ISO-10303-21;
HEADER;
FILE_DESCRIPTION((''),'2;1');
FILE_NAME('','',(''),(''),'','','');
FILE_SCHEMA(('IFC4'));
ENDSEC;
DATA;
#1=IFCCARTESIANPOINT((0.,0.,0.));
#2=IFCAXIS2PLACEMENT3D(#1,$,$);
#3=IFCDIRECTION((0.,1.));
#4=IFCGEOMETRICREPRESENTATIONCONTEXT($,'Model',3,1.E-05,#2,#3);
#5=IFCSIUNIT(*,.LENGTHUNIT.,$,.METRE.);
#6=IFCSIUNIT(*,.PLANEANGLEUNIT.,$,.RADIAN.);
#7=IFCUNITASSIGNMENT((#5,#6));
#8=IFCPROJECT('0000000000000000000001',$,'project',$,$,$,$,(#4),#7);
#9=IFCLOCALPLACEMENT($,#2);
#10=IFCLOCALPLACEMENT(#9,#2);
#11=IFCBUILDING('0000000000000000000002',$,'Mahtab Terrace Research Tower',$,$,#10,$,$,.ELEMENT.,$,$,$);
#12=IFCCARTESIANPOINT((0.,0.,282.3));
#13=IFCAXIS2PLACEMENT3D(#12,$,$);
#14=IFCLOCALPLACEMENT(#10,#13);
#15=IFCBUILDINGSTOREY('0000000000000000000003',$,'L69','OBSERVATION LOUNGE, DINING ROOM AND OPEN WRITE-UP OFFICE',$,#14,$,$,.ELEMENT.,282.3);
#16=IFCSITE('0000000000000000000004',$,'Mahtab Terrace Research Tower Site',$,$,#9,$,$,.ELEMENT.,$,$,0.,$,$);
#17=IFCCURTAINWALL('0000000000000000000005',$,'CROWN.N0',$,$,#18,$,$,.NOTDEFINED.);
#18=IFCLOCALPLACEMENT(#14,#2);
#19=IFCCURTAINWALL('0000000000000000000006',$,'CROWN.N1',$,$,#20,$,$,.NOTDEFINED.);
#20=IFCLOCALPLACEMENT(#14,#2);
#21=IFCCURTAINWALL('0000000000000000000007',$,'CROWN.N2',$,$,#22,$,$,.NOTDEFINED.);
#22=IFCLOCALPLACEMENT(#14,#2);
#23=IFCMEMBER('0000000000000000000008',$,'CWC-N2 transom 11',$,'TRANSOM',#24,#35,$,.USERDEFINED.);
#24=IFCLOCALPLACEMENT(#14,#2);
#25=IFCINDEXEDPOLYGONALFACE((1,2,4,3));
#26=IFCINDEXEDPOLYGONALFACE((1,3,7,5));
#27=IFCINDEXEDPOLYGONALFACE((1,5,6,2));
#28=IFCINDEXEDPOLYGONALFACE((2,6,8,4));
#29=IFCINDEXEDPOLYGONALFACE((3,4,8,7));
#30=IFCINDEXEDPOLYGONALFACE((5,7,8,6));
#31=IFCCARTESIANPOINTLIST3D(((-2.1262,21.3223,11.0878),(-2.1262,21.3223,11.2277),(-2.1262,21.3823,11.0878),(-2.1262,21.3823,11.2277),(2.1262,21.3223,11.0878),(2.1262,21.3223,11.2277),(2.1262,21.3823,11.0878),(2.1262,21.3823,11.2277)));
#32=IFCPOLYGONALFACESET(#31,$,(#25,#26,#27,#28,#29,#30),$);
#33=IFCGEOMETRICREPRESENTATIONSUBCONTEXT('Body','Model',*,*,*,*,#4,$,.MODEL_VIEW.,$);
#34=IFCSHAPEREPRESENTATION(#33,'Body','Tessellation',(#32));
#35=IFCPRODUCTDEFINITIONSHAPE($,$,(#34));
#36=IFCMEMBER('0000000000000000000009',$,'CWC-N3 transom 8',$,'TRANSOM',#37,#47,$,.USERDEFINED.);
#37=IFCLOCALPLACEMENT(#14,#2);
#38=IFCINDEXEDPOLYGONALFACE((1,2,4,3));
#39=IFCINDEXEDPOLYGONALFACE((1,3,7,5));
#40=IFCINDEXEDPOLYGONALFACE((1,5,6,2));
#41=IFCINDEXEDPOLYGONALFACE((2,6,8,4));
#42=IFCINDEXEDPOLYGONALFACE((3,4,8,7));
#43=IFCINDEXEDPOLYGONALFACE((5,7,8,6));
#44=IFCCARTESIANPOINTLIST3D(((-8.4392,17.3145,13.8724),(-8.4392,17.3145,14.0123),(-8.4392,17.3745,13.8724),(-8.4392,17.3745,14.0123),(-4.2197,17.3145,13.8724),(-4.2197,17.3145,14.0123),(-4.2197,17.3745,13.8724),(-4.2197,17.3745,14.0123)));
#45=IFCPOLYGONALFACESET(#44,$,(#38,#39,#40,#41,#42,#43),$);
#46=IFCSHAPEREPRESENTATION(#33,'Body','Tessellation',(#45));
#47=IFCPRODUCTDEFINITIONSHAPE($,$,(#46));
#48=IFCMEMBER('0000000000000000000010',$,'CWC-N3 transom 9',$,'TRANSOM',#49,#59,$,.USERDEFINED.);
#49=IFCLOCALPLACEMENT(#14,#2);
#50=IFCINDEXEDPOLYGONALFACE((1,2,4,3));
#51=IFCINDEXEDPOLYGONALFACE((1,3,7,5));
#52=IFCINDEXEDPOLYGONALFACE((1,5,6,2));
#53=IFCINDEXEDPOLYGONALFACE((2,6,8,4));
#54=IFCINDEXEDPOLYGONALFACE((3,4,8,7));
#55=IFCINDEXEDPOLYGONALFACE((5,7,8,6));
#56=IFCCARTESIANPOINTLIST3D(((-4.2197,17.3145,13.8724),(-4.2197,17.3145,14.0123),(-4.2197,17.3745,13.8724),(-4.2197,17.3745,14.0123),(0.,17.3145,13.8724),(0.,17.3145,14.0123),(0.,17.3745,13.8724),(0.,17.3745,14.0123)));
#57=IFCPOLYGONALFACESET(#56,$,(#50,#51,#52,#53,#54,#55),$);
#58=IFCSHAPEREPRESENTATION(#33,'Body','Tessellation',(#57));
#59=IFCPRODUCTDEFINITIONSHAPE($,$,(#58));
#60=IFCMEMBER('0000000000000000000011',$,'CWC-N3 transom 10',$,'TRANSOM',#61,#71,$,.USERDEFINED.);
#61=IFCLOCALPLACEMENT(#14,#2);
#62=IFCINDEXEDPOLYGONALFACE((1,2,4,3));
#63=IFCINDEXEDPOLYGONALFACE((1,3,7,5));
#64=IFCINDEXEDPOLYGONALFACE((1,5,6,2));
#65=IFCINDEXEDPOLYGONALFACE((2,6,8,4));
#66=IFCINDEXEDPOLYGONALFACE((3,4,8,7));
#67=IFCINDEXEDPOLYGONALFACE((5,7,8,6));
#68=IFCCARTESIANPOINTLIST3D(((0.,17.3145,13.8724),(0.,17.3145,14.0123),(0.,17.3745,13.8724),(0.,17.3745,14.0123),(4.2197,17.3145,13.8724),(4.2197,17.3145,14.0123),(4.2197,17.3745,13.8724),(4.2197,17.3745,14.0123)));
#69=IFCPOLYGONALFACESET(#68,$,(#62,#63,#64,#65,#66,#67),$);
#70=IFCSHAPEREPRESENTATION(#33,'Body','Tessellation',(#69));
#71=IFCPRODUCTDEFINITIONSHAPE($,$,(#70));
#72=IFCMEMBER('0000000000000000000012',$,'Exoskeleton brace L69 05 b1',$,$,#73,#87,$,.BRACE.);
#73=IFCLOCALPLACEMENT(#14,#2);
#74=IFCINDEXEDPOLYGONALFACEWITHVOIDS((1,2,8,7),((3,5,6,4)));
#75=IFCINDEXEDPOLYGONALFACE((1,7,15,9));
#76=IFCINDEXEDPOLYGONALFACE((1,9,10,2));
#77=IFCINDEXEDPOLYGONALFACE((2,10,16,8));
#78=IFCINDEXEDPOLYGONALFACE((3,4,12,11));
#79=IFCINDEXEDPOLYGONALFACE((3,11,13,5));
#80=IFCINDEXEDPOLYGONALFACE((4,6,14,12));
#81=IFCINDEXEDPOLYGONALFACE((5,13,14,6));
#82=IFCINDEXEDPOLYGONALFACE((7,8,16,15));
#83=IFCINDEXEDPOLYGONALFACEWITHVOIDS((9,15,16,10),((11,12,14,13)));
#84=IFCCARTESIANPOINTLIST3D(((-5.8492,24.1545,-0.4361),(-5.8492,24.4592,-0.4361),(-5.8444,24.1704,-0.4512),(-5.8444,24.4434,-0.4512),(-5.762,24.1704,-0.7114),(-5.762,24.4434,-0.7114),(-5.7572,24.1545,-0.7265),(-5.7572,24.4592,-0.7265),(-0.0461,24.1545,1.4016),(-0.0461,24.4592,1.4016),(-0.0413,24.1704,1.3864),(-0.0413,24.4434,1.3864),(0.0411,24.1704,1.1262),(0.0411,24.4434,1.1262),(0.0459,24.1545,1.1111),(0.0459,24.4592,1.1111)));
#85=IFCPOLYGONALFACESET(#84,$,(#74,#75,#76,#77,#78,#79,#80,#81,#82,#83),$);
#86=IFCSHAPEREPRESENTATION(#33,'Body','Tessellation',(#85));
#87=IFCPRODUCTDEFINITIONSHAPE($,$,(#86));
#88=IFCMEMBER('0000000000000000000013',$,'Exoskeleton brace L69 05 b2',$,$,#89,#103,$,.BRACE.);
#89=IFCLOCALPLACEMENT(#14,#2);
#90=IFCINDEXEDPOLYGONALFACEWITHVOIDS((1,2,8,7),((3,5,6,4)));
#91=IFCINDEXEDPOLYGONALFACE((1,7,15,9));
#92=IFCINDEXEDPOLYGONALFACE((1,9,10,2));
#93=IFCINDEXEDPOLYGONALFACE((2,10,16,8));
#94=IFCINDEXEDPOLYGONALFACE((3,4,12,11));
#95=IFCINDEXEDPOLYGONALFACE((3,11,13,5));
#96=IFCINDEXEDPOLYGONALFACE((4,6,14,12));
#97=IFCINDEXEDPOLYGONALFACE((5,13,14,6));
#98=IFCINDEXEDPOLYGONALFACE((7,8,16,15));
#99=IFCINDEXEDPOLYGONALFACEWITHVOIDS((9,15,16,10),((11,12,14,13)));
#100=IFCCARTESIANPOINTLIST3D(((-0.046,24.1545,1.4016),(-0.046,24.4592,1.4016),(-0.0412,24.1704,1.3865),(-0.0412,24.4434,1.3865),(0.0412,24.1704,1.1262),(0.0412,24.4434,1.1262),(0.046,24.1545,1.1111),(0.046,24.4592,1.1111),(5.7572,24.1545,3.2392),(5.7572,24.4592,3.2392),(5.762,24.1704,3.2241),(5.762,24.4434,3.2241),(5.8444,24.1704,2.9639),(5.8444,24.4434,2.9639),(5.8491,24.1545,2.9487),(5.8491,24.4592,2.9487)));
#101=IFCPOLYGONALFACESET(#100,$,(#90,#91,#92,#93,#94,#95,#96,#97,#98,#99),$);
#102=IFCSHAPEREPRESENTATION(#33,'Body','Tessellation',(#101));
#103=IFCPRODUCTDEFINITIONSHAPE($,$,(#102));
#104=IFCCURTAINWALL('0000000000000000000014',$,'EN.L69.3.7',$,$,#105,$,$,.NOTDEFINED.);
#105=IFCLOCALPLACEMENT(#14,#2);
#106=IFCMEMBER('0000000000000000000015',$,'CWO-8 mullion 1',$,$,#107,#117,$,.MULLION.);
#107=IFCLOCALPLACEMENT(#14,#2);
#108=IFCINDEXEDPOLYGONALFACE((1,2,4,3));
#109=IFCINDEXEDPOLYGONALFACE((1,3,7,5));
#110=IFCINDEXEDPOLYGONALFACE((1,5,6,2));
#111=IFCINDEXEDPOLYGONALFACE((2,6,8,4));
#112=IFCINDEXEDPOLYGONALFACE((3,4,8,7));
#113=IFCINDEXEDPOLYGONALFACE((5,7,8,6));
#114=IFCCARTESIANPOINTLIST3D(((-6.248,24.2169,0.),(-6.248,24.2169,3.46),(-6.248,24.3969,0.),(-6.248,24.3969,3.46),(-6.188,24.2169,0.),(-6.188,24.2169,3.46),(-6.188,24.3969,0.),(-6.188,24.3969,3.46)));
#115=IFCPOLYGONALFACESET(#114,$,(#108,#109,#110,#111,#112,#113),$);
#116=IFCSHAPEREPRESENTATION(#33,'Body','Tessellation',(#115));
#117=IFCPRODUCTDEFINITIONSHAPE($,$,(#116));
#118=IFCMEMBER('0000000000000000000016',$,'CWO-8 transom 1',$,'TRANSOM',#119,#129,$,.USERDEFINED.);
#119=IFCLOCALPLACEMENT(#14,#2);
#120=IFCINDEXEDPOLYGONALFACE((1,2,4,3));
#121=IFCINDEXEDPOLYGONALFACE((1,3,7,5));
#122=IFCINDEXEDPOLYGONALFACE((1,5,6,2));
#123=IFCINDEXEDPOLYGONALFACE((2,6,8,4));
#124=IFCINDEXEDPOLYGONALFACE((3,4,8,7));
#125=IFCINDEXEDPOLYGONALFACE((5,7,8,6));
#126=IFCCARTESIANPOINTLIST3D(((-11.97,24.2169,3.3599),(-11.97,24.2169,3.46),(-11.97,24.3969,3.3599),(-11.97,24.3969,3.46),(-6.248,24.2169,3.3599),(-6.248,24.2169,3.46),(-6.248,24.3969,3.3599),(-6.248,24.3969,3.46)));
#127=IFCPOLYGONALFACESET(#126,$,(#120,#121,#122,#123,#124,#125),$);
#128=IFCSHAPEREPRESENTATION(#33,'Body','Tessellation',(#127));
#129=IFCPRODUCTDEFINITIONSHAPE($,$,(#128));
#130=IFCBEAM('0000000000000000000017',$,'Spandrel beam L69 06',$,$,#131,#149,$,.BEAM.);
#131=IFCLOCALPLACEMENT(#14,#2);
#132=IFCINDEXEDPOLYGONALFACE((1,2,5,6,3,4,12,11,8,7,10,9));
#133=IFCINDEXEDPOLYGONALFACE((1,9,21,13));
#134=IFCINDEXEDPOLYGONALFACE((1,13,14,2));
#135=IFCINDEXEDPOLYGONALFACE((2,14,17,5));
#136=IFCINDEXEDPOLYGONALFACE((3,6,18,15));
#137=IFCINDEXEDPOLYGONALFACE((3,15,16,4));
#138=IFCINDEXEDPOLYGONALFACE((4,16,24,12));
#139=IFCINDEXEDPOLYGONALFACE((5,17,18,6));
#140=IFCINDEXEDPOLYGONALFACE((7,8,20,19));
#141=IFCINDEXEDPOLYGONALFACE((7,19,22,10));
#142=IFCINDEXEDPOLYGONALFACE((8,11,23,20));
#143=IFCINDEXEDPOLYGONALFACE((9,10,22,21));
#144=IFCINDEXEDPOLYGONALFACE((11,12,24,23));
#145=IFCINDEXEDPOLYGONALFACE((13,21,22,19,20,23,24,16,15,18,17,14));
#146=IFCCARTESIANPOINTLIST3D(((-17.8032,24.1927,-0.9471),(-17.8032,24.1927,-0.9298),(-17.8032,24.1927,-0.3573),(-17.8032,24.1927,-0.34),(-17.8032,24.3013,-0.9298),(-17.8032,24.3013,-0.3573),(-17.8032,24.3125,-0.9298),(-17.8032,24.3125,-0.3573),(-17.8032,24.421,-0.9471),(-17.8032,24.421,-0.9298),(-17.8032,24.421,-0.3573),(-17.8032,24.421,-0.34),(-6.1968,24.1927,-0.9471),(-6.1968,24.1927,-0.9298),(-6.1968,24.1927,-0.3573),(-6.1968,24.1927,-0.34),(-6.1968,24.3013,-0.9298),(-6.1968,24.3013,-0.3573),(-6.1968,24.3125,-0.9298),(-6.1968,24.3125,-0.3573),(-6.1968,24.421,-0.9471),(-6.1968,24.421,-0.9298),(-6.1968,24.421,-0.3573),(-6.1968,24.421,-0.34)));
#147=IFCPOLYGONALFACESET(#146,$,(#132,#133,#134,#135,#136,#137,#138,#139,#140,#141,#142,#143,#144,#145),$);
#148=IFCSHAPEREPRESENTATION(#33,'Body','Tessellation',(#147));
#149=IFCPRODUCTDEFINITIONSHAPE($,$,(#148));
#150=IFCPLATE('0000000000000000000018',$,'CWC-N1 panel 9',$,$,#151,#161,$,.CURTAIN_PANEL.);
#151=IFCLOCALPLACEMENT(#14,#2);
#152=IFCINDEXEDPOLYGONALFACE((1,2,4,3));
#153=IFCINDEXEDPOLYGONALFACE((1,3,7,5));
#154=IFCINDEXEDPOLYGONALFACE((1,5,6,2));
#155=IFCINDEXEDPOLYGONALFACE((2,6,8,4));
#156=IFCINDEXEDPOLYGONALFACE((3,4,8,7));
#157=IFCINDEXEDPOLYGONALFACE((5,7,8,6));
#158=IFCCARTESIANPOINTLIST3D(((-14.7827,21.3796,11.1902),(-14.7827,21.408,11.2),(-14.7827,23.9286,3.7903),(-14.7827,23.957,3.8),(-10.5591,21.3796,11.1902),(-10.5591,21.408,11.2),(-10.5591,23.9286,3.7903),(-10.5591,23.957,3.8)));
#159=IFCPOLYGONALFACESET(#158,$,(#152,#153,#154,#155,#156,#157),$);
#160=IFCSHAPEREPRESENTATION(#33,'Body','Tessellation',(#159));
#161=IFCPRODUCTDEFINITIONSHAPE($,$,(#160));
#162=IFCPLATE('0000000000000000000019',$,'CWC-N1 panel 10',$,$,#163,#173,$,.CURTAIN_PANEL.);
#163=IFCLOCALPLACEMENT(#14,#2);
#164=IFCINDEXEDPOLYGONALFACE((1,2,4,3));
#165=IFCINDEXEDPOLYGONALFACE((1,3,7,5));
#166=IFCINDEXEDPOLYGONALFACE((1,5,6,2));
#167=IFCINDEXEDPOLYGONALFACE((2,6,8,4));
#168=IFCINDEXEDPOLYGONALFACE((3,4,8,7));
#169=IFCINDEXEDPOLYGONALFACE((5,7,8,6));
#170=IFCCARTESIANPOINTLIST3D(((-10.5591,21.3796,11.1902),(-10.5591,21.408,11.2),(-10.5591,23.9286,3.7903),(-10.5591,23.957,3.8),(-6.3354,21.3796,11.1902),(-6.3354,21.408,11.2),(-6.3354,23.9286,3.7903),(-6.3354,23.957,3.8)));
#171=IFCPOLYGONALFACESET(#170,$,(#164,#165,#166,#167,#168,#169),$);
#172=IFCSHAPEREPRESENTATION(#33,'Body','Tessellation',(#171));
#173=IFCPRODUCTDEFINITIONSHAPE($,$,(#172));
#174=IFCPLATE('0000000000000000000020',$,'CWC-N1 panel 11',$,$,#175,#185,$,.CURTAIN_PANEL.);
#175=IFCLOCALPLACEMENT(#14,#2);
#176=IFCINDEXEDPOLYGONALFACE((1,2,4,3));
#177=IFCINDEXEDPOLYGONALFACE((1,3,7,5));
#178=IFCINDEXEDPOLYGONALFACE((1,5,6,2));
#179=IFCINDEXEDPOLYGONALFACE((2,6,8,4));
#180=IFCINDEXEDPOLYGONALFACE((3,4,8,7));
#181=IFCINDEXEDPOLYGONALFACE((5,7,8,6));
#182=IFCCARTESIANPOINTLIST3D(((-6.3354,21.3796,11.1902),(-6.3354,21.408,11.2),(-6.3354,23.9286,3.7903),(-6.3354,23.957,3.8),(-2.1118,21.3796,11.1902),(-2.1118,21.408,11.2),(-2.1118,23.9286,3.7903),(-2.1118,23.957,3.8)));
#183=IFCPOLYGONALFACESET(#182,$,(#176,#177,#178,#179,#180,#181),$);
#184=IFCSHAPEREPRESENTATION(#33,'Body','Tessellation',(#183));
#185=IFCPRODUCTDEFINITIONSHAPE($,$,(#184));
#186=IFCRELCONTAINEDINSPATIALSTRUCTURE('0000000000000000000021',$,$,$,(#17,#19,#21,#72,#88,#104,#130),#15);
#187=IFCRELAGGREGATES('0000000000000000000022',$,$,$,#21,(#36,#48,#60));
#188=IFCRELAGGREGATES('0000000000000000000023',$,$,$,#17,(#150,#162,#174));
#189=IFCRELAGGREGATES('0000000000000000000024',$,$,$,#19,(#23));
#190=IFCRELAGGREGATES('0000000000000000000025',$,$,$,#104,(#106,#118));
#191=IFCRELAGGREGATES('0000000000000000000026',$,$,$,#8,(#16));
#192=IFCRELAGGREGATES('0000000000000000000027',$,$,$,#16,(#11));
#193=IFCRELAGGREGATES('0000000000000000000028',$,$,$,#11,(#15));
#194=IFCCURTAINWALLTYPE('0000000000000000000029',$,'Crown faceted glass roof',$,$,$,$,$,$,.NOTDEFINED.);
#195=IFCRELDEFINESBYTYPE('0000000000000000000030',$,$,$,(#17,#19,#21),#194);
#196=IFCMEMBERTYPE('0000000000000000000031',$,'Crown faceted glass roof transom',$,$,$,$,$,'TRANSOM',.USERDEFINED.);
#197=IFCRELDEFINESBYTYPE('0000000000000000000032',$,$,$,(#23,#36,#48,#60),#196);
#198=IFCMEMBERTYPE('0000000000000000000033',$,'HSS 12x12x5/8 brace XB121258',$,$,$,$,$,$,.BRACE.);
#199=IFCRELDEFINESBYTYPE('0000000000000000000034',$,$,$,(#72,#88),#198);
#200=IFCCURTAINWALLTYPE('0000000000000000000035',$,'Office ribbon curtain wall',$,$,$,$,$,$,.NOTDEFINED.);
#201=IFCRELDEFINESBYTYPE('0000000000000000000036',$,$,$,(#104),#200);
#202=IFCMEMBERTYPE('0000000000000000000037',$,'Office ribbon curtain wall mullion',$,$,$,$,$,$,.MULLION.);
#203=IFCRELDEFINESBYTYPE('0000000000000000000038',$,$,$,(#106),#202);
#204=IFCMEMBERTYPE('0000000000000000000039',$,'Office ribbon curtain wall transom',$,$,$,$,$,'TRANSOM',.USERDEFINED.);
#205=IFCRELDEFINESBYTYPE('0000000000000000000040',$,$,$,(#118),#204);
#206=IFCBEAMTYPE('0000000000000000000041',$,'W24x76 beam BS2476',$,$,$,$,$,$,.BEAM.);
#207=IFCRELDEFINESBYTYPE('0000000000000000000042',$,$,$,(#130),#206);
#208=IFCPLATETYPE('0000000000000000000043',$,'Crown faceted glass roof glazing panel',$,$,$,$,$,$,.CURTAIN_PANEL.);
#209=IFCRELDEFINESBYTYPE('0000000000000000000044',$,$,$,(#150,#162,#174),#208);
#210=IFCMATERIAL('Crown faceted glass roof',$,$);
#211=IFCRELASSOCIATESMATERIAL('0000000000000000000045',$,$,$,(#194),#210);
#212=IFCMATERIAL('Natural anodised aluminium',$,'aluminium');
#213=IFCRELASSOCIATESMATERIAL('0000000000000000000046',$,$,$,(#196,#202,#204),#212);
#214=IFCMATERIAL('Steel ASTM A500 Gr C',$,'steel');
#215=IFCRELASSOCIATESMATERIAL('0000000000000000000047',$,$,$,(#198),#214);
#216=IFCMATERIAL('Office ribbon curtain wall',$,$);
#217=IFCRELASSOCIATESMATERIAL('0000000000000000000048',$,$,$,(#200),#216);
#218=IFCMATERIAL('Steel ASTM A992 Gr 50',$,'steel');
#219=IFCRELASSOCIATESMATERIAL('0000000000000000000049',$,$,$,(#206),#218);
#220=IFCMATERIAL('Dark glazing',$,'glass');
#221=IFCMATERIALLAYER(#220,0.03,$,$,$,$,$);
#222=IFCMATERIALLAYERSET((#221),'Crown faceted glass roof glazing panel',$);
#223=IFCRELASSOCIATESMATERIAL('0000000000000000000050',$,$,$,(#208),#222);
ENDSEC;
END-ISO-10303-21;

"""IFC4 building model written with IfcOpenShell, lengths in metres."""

from ifc_helpers import new_model, si_unit, direction, frame, origin, origin_2d, place, context, subcontext, project, spatial, polyline, rectangle, hollow_rectangle, i_section, outline, extrude, material, layer, layer_set, material_profile, profile_set, type_object, element, aggregate, save


model = new_model("IFC4")

# Units and contexts
model_context = context("Model", 3, precision=1e-05, world=origin(), true_north=direction((0.0, 1.0)))
body_context = subcontext(model_context, "Body", "Model", "MODEL_VIEW")
ifc_project = project(units=[si_unit("LENGTHUNIT", "METRE"), si_unit("PLANEANGLEUNIT", "RADIAN")], contexts=[model_context])

# Site, building, storey
site_placement = place(None, origin())
site = spatial("IfcSite", under=ifc_project, at=site_placement, Name="Mahtab Terrace Research Tower Site", CompositionType="ELEMENT", RefElevation=0.0)
building_placement = place(site_placement, origin())
building = spatial("IfcBuilding", under=site, at=building_placement, Name="Mahtab Terrace Research Tower", CompositionType="ELEMENT")
storey_placement = place(building_placement, frame((0.0, 0.0, 282.3)))
storey = spatial("IfcBuildingStorey", under=building, at=storey_placement, Name="L69", Description="OBSERVATION LOUNGE, DINING ROOM AND OPEN WRITE-UP OFFICE", CompositionType="ELEMENT", Elevation=282.3)

# Shared definitions
ifc_material_1 = material(Name="Steel ASTM A992 Gr 50", Category="steel")

# Curtain walls
ifc_material_2 = material(Name="Crown faceted glass roof")
curtain_wall_type_1 = type_object("IfcCurtainWallType", Name="Crown faceted glass roof", PredefinedType="NOTDEFINED", material=ifc_material_2)
curtain_wall_1_placement = place(storey_placement, origin())
curtain_wall_1 = element("IfcCurtainWall", 1, at=curtain_wall_1_placement, inside=storey, type_object=curtain_wall_type_1, Name="CROWN.N0", PredefinedType="NOTDEFINED")
ifc_material_3 = material(Name="Natural anodised aluminium", Category="aluminium")
curtain_wall_2_placement = place(storey_placement, origin())
curtain_wall_2 = element("IfcCurtainWall", 2, at=curtain_wall_2_placement, inside=storey, type_object=curtain_wall_type_1, Name="CROWN.N1", PredefinedType="NOTDEFINED")
curtain_wall_3_placement = place(storey_placement, origin())
curtain_wall_3 = element("IfcCurtainWall", 3, at=curtain_wall_3_placement, inside=storey, type_object=curtain_wall_type_1, Name="CROWN.N2", PredefinedType="NOTDEFINED")

# Members
ifc_material_profile_1 = material_profile(ifc_material_3, rectangle(XDim=0.0601, YDim=0.1399, at=origin_2d()), Name="TRANSOM 60x140")
ifc_profile_set_1 = profile_set([ifc_material_profile_1], Name="Natural anodised aluminium")
member_type_1 = type_object("IfcMemberType", Name="Crown faceted glass roof transom", ElementType="TRANSOM", PredefinedType="USERDEFINED", material=ifc_profile_set_1)
member_1_placement = place(storey_placement, frame((-2.1262, 21.3523, 11.1577), z_axis=(1.0, 0.0, 0.0), x_axis=(0.0, 1.0, 0.0)))
member_1 = element("IfcMember", 4, at=member_1_placement, type_object=member_type_1, Name="CWC-N2 transom 11", ObjectType="TRANSOM", PredefinedType="USERDEFINED", context=body_context, shape_type="SweptSolid", body=[
    extrude(rectangle(XDim=0.0601, YDim=0.1399, at=origin_2d()), origin(), (0.0, 0.0, 1.0), 4.2524),
])
member_2_placement = place(storey_placement, frame((-8.4392, 17.3445, 13.9424), z_axis=(1.0, 0.0, 0.0), x_axis=(0.0, 1.0, 0.0)))
member_2 = element("IfcMember", 5, at=member_2_placement, type_object=member_type_1, Name="CWC-N3 transom 8", ObjectType="TRANSOM", PredefinedType="USERDEFINED", context=body_context, shape_type="SweptSolid", body=[
    extrude(rectangle(XDim=0.0601, YDim=0.1399, at=origin_2d()), origin(), (0.0, 0.0, 1.0), 4.2195),
])
member_3_placement = place(storey_placement, frame((-4.2197, 17.3445, 13.9424), z_axis=(1.0, 0.0, 0.0), x_axis=(0.0, 1.0, 0.0)))
member_3 = element("IfcMember", 6, at=member_3_placement, type_object=member_type_1, Name="CWC-N3 transom 9", ObjectType="TRANSOM", PredefinedType="USERDEFINED", context=body_context, shape_type="SweptSolid", body=[
    extrude(rectangle(XDim=0.0601, YDim=0.1399, at=origin_2d()), origin(), (0.0, 0.0, 1.0), 4.2197),
])
member_4_placement = place(storey_placement, frame((0.0, 17.3445, 13.9424), z_axis=(1.0, 0.0, 0.0), x_axis=(0.0, 1.0, 0.0)))
member_4 = element("IfcMember", 7, at=member_4_placement, type_object=member_type_1, Name="CWC-N3 transom 10", ObjectType="TRANSOM", PredefinedType="USERDEFINED", context=body_context, shape_type="SweptSolid", body=[
    extrude(rectangle(XDim=0.0601, YDim=0.1399, at=origin_2d()), origin(), (0.0, 0.0, 1.0), 4.2197),
])
aggregate(curtain_wall_3, [member_2, member_3, member_4])

# Members
ifc_material_4 = material(Name="Steel ASTM A500 Gr C", Category="steel")
ifc_material_profile_2 = material_profile(ifc_material_4, hollow_rectangle(XDim=0.3047, YDim=0.3047, WallThickness=0.0159, at=origin_2d()), Name="HSS12X12X5/8")
ifc_profile_set_2 = profile_set([ifc_material_profile_2], Name="Steel ASTM A500 Gr C")
member_type_2 = type_object("IfcMemberType", Name="HSS 12x12x5/8 brace XB121258", PredefinedType="BRACE", material=ifc_profile_set_2)
for number, where, z_axis, x_axis, name in (
    (8, (-5.8032, 24.3069, -0.5813), (0.953344, 0.0, 0.301886), (0.0, 1.0, 0.0), "Exoskeleton brace L69 05 b1"),
    (9, (0.0, 24.3069, 1.2563), (0.953344, 0.0, 0.301886), (0.0, 1.0, 0.0), "Exoskeleton brace L69 05 b2"),
):
    element("IfcMember", number, at=place(storey_placement, frame(where, z_axis=z_axis, x_axis=x_axis)), inside=storey, type_object=member_type_2, Name=name, PredefinedType="BRACE", context=body_context, shape_type="SweptSolid", body=[
        extrude(hollow_rectangle(XDim=0.3047, YDim=0.3047, WallThickness=0.0159, at=origin_2d()), origin(), (0.0, 0.0, 1.0), 6.0872),
    ])

# Curtain wall, members
ifc_material_5 = material(Name="Office ribbon curtain wall")
curtain_wall_type_2 = type_object("IfcCurtainWallType", Name="Office ribbon curtain wall", PredefinedType="NOTDEFINED", material=ifc_material_5)
curtain_wall_4_placement = place(storey_placement, origin())
curtain_wall_4 = element("IfcCurtainWall", 10, at=curtain_wall_4_placement, inside=storey, type_object=curtain_wall_type_2, Name="EN.L69.3.7", PredefinedType="NOTDEFINED")
ifc_material_profile_3 = material_profile(ifc_material_3, rectangle(XDim=0.1799, YDim=0.0601, at=origin_2d()), Name="MULLION 60x180")
ifc_profile_set_3 = profile_set([ifc_material_profile_3], Name="Natural anodised aluminium")
member_type_3 = type_object("IfcMemberType", Name="Office ribbon curtain wall mullion", PredefinedType="MULLION", material=ifc_profile_set_3)
member_5_placement = place(storey_placement, frame((-6.218, 24.3069, 0.0), z_axis=(0.0, 0.0, 1.0), x_axis=(0.0, -1.0, 0.0)))
member_5 = element("IfcMember", 11, at=member_5_placement, type_object=member_type_3, Name="CWO-8 mullion 1", PredefinedType="MULLION", context=body_context, shape_type="SweptSolid", body=[
    extrude(rectangle(XDim=0.1799, YDim=0.0601, at=origin_2d()), origin(), (0.0, 0.0, 1.0), 3.46),
])
ifc_material_profile_4 = material_profile(ifc_material_3, rectangle(XDim=0.1799, YDim=0.1001, at=origin_2d()), Name="TRANSOM 100x180")
ifc_profile_set_4 = profile_set([ifc_material_profile_4], Name="Natural anodised aluminium")
member_type_4 = type_object("IfcMemberType", Name="Office ribbon curtain wall transom", ElementType="TRANSOM", PredefinedType="USERDEFINED", material=ifc_profile_set_4)
member_6_placement = place(storey_placement, frame((-6.248, 24.3069, 3.4099), z_axis=(-1.0, 0.0, 0.0), x_axis=(0.0, -1.0, 0.0)))
member_6 = element("IfcMember", 12, at=member_6_placement, type_object=member_type_4, Name="CWO-8 transom 1", ObjectType="TRANSOM", PredefinedType="USERDEFINED", context=body_context, shape_type="SweptSolid", body=[
    extrude(rectangle(XDim=0.1799, YDim=0.1001, at=origin_2d()), origin(), (0.0, 0.0, 1.0), 5.7219),
])

# Beam
ifc_material_profile_5 = material_profile(ifc_material_1, i_section(OverallWidth=0.2283, OverallDepth=0.6072, WebThickness=0.0112, FlangeThickness=0.0173, at=origin_2d()), Name="W24X76")
ifc_profile_set_5 = profile_set([ifc_material_profile_5], Name="Steel ASTM A992 Gr 50")
beam_type = type_object("IfcBeamType", Name="W24x76 beam BS2476", PredefinedType="BEAM", material=ifc_profile_set_5)
beam_placement = place(storey_placement, frame((-6.1968, 24.3069, -0.6436), z_axis=(-1.0, 0.0, 0.0), x_axis=(0.0, -1.0, 0.0)))
element("IfcBeam", 13, at=beam_placement, inside=storey, type_object=beam_type, Name="Spandrel beam L69 06", PredefinedType="BEAM", context=body_context, shape_type="SweptSolid", body=[
    extrude(i_section(OverallWidth=0.2283, OverallDepth=0.6072, WebThickness=0.0112, FlangeThickness=0.0173, at=origin_2d()), origin(), (0.0, 0.0, 1.0), 11.6064),
])

# Plates
ifc_material_6 = material(Name="Dark glazing", Category="glass")
ifc_layer_1 = layer(ifc_material_6, 0.03)
ifc_layer_set_1 = layer_set([ifc_layer_1], Name="Crown faceted glass roof glazing panel")
plate_type_1 = type_object("IfcPlateType", Name="Crown faceted glass roof glazing panel", PredefinedType="CURTAIN_PANEL", material=ifc_layer_set_1)
plate_1_placement = place(storey_placement, frame((-10.5591, 21.408, 11.2), z_axis=(0.0, 0.945476, 0.325692), x_axis=(0.0, 0.325692, -0.945476)))
plate_1 = element("IfcPlate", 14, at=plate_1_placement, type_object=plate_type_1, Name="CWC-N1 panel 9", PredefinedType="CURTAIN_PANEL", context=body_context, shape_type="SweptSolid", body=[
    extrude(outline(polyline([(0.0, 0.0), (7.8266, 0.0), (7.8266, 4.2236), (0.0, 4.2236), (0.0, 0.0)])), origin(), (0.0, 0.0, -1.0), 0.03),
])
plate_2_placement = place(storey_placement, frame((-6.3354, 21.408, 11.2), z_axis=(0.0, 0.945476, 0.325692), x_axis=(0.0, 0.325692, -0.945476)))
plate_2 = element("IfcPlate", 15, at=plate_2_placement, type_object=plate_type_1, Name="CWC-N1 panel 10", PredefinedType="CURTAIN_PANEL", context=body_context, shape_type="SweptSolid", body=[
    extrude(outline(polyline([(0.0, 0.0), (7.8266, 0.0), (7.8266, 4.2236), (0.0, 4.2236), (0.0, 0.0)])), origin(), (0.0, 0.0, -1.0), 0.03),
])
plate_3_placement = place(storey_placement, frame((-2.1118, 21.408, 11.2), z_axis=(0.0, 0.945476, 0.325692), x_axis=(0.0, 0.325692, -0.945476)))
plate_3 = element("IfcPlate", 16, at=plate_3_placement, type_object=plate_type_1, Name="CWC-N1 panel 11", PredefinedType="CURTAIN_PANEL", context=body_context, shape_type="SweptSolid", body=[
    extrude(outline(polyline([(0.0, 0.0), (7.8266, 0.0), (7.8266, 4.2236), (0.0, 4.2236), (0.0, 0.0)])), origin(), (0.0, 0.0, -1.0), 0.03),
])
aggregate(curtain_wall_1, [plate_1, plate_2, plate_3])
aggregate(curtain_wall_2, [member_1])
aggregate(curtain_wall_4, [member_5, member_6])

save(model, "model.ifc")
